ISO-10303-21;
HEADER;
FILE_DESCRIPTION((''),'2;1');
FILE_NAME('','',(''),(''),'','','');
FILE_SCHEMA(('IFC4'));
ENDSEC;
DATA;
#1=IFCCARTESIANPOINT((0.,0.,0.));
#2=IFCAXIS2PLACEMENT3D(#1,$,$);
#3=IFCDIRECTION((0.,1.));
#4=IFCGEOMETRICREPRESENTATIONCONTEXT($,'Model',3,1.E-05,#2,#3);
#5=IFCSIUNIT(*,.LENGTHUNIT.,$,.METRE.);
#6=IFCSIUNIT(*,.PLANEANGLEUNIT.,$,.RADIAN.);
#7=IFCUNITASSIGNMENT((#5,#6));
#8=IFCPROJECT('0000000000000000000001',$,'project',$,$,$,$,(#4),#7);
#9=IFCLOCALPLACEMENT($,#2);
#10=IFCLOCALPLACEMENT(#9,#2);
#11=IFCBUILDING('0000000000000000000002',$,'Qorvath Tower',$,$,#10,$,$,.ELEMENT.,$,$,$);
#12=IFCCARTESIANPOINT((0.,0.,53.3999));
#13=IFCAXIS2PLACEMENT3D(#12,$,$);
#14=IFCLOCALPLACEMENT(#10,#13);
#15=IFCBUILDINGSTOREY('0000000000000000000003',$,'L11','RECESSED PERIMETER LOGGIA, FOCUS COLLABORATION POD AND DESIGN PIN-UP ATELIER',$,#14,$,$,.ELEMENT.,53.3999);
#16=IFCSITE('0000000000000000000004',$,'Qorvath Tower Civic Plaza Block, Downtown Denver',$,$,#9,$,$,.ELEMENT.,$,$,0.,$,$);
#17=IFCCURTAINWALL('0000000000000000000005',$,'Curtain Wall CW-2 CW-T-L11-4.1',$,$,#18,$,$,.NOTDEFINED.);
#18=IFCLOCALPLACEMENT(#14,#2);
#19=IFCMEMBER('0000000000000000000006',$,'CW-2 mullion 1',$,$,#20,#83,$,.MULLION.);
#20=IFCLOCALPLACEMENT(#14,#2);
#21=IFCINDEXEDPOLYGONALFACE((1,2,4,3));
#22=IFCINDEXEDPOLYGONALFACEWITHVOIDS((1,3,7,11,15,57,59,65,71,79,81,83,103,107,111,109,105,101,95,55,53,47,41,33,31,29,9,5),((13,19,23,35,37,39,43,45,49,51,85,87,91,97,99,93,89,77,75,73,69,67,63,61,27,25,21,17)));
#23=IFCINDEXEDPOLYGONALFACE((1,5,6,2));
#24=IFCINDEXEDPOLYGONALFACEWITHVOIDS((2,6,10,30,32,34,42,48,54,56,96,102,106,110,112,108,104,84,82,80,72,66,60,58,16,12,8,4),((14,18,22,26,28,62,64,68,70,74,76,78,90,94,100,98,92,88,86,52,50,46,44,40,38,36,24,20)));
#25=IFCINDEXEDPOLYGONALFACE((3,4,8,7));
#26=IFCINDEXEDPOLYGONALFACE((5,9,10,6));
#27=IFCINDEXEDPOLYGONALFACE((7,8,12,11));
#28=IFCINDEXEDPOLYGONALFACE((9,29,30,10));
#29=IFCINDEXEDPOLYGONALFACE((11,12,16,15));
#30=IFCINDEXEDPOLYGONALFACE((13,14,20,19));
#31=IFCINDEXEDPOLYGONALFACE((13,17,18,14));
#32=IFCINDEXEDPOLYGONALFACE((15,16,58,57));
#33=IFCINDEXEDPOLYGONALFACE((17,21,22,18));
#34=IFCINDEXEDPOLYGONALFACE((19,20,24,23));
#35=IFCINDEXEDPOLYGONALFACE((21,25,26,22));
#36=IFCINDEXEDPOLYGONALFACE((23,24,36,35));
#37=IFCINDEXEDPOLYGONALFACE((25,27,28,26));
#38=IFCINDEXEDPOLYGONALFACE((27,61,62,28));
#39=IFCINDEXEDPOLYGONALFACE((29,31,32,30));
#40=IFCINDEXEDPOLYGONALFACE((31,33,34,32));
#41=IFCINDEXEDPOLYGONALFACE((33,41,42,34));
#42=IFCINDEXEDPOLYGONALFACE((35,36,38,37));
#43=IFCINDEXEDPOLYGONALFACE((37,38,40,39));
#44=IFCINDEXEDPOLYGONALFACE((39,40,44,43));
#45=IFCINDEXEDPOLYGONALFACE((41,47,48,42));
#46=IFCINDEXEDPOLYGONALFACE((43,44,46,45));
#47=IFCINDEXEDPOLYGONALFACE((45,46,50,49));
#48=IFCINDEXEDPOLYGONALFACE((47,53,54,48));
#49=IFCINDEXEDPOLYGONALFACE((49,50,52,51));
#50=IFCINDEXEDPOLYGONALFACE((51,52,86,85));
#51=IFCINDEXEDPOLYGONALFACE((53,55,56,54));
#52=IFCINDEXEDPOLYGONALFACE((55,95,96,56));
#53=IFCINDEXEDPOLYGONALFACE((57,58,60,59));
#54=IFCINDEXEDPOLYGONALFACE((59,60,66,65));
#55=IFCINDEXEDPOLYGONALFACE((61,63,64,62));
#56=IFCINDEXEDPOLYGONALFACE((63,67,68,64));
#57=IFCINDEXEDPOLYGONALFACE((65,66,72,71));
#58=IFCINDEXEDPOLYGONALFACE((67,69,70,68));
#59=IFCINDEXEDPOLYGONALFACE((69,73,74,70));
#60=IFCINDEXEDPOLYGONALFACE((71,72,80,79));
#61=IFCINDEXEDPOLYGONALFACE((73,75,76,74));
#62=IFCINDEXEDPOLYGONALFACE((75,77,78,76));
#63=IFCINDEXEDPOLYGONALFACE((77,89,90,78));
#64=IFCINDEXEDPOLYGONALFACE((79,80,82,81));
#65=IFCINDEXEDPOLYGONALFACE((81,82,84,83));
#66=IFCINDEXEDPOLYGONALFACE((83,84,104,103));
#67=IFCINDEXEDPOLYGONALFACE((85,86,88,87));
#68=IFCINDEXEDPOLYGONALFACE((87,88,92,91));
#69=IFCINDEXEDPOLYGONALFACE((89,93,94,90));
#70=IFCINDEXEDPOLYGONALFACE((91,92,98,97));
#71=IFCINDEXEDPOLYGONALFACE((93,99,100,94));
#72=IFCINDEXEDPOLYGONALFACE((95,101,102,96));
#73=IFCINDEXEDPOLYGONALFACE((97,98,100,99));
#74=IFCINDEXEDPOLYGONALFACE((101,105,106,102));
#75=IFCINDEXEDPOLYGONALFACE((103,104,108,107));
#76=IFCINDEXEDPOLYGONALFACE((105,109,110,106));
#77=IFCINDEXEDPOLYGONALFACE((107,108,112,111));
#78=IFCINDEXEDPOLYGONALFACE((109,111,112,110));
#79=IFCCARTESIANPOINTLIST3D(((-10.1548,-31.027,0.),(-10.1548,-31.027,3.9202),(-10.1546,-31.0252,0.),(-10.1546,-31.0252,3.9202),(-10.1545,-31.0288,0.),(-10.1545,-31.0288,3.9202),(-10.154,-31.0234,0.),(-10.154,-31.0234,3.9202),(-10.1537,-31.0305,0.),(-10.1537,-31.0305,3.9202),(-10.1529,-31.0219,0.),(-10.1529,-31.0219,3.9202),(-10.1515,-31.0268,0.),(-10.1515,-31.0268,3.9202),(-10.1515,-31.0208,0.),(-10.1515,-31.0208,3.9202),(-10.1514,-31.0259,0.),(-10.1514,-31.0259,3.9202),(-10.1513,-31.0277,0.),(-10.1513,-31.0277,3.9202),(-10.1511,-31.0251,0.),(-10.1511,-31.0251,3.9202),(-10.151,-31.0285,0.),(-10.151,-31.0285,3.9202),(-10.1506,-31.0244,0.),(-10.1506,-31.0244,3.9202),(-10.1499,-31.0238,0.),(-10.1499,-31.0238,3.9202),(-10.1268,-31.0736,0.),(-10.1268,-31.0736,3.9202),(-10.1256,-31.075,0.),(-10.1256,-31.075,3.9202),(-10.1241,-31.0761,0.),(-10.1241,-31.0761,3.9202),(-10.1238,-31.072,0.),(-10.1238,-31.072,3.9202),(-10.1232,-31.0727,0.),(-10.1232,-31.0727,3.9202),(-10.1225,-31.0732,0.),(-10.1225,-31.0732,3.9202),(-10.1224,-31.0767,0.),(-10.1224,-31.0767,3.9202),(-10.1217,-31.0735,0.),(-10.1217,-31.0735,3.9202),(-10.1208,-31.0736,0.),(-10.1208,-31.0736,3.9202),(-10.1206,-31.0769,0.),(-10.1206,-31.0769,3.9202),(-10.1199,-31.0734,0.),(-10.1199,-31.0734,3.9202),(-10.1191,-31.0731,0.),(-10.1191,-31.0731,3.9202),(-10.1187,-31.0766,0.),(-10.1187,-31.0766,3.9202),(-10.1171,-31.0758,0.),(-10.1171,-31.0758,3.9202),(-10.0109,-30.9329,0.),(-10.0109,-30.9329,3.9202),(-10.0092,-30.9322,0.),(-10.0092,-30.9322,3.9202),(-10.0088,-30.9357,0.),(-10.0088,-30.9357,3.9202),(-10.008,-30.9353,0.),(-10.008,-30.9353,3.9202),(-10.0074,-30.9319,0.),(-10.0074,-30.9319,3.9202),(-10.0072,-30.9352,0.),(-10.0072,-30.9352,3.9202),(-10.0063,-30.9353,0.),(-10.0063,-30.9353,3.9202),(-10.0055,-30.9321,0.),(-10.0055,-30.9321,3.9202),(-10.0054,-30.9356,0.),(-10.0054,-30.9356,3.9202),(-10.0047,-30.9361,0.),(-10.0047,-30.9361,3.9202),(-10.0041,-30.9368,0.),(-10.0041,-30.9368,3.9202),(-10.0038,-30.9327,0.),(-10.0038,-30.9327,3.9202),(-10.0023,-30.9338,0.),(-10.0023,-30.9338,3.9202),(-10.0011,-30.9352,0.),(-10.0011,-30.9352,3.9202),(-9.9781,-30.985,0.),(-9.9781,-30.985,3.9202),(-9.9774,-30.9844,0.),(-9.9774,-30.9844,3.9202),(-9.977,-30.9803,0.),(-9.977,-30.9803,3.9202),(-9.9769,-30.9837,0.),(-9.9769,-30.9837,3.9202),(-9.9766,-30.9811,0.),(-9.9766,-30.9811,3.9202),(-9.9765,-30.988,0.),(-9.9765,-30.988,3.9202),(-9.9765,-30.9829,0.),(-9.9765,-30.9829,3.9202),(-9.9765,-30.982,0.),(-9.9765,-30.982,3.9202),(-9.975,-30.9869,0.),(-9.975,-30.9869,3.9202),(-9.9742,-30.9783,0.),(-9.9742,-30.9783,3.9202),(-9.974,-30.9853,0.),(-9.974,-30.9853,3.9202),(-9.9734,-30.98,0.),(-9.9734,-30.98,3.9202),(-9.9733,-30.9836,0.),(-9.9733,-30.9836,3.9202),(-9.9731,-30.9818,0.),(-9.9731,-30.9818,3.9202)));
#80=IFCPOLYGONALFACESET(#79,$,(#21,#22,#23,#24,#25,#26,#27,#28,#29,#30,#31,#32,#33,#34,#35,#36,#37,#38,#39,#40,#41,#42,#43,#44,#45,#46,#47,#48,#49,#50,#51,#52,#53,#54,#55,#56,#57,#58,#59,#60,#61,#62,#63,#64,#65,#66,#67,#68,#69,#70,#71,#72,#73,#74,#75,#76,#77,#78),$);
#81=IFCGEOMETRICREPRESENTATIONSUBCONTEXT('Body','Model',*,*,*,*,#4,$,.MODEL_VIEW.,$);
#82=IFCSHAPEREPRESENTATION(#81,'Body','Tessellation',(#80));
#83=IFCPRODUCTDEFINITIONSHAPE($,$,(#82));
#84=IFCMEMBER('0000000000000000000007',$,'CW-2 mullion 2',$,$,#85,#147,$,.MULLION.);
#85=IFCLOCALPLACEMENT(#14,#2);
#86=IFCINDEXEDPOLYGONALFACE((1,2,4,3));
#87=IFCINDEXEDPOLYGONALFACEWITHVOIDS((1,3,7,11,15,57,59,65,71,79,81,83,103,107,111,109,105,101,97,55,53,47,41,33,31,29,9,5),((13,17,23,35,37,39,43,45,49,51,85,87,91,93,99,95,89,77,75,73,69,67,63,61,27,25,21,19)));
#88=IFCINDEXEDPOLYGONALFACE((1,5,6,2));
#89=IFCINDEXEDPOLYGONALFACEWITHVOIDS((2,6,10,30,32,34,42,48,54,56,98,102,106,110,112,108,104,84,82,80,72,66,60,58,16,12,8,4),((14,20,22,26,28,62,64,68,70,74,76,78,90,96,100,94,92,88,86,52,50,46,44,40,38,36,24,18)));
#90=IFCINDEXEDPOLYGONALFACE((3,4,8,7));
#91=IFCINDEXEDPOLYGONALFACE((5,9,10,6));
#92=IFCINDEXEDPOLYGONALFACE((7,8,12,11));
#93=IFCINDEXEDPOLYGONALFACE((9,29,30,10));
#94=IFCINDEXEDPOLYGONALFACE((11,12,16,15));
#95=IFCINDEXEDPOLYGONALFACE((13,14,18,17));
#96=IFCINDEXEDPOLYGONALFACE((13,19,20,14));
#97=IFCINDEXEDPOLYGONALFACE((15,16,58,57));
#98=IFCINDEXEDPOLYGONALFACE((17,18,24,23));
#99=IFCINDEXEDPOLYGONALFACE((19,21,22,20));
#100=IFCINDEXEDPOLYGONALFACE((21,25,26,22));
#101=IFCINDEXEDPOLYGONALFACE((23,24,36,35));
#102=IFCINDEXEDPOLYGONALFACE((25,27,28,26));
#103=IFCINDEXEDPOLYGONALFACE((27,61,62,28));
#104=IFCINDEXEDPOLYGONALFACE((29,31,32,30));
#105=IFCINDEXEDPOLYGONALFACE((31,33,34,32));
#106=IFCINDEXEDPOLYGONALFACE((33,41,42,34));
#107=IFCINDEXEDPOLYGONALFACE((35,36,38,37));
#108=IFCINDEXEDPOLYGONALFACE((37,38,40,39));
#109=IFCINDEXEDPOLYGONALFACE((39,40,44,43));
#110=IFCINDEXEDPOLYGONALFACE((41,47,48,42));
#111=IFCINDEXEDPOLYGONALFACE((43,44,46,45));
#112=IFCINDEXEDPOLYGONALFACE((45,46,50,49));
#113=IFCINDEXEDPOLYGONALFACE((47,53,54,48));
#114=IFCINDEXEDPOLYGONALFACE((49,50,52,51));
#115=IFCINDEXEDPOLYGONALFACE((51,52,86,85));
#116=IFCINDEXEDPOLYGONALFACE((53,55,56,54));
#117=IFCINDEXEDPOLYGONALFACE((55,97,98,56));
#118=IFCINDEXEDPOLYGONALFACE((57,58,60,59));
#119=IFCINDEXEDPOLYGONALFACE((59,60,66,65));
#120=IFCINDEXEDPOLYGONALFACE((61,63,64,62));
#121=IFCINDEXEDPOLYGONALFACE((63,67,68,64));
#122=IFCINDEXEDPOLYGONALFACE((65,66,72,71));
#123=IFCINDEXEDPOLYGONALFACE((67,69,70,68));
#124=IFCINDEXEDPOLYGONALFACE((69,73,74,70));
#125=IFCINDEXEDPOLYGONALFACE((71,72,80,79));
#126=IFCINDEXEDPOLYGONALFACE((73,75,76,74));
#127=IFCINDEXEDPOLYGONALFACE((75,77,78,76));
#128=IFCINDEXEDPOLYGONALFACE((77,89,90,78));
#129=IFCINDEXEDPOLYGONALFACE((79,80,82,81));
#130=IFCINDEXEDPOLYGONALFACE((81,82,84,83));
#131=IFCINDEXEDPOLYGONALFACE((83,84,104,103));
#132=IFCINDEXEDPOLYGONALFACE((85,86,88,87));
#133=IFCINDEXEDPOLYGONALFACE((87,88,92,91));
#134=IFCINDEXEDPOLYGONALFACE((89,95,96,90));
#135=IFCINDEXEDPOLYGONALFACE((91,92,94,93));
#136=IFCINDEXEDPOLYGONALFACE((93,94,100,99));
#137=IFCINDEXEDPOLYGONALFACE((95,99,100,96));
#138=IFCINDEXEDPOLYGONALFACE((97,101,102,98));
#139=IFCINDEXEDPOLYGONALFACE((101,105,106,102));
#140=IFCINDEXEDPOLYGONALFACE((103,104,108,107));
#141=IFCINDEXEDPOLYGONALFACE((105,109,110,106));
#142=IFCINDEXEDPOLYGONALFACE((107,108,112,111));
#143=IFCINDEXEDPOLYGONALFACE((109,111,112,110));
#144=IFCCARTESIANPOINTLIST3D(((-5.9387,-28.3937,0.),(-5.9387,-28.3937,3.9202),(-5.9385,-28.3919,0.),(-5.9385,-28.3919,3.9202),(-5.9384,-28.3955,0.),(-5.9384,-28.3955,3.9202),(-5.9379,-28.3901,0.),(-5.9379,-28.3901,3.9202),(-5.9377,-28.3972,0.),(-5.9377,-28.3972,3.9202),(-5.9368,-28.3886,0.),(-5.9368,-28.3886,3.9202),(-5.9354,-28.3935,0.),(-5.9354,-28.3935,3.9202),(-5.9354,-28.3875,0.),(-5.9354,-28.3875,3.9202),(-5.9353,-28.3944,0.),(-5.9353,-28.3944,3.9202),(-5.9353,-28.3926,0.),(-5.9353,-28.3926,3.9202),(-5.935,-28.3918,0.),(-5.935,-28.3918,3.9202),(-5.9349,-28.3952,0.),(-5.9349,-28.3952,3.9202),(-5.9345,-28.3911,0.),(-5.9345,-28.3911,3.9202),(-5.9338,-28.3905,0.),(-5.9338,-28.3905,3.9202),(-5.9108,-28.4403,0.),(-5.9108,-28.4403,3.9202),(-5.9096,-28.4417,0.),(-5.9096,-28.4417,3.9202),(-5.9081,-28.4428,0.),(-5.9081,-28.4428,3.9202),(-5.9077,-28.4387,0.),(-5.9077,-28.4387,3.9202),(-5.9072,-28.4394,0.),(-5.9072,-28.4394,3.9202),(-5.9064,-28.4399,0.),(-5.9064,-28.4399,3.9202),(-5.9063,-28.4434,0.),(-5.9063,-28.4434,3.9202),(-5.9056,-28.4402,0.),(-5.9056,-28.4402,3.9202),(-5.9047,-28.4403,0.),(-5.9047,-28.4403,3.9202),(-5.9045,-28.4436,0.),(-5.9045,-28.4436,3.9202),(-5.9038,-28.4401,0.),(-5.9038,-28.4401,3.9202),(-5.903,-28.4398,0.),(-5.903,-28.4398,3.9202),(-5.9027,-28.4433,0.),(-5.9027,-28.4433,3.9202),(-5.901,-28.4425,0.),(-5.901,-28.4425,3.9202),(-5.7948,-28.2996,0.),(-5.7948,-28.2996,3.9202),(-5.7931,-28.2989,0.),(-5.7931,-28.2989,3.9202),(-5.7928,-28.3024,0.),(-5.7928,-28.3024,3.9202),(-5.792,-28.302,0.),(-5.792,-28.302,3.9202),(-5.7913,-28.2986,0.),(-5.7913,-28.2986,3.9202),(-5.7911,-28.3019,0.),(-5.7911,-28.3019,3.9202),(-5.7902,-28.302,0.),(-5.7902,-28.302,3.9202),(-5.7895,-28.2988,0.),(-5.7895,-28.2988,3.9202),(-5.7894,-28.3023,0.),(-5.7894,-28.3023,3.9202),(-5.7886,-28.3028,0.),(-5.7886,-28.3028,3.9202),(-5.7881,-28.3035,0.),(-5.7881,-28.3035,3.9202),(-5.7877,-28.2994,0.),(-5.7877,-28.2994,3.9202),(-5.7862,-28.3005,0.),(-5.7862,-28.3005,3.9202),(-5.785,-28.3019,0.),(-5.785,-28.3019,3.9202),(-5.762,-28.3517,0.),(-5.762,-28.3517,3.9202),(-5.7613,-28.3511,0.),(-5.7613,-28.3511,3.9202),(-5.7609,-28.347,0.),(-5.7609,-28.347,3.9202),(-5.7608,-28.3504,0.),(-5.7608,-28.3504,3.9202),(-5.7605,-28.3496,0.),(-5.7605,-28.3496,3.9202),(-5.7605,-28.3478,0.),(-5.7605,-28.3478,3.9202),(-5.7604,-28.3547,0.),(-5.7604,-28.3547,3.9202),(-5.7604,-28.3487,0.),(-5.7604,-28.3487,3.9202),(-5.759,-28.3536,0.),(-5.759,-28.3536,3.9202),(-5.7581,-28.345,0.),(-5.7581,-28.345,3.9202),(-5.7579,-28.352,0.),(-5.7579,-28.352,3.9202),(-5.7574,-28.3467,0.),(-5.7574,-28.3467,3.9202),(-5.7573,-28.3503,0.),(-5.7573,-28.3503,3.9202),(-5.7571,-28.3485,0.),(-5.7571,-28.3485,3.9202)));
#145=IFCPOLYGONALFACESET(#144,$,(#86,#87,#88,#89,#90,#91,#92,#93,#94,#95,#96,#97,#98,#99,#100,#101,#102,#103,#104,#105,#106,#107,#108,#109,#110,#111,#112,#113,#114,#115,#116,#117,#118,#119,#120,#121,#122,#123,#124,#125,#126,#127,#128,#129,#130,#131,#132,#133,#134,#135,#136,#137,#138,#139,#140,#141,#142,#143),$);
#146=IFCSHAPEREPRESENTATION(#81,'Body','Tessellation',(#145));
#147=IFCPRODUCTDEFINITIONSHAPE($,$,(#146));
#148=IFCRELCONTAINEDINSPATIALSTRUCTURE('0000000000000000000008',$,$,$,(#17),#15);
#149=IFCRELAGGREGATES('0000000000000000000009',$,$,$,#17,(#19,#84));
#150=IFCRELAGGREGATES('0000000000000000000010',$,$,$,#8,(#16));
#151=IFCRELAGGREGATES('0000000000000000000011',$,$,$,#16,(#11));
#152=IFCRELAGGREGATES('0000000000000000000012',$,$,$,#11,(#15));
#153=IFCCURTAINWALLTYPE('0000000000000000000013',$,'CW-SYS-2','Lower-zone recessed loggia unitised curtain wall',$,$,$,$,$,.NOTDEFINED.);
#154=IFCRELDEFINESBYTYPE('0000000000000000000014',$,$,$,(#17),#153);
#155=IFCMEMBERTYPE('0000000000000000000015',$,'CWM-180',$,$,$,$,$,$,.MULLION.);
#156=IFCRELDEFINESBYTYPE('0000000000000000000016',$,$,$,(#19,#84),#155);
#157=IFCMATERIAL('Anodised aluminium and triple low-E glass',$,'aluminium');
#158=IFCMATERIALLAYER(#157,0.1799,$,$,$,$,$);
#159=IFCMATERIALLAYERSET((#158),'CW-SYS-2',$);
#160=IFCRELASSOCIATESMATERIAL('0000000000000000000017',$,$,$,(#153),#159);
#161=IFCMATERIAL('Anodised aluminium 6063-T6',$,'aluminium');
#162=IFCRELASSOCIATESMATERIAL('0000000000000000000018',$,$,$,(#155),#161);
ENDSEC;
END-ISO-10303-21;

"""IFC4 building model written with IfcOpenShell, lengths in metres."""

from ifc_helpers import new_model, si_unit, direction, frame, origin, origin_2d, place, context, subcontext, project, spatial, hollow_rectangle, extrude, material, layer, layer_set, material_profile, profile_set, type_object, element, aggregate, save


model = new_model("IFC4")

# Units and contexts
model_context = context("Model", 3, precision=1e-05, world=origin(), true_north=direction((0.0, 1.0)))
body_context = subcontext(model_context, "Body", "Model", "MODEL_VIEW")
ifc_project = project(units=[si_unit("LENGTHUNIT", "METRE"), si_unit("PLANEANGLEUNIT", "RADIAN")], contexts=[model_context])

# Site, building, storey
site_placement = place(None, origin())
site = spatial("IfcSite", under=ifc_project, at=site_placement, Name="Qorvath Tower Civic Plaza Block, Downtown Denver", CompositionType="ELEMENT", RefElevation=0.0)
building_placement = place(site_placement, origin())
building = spatial("IfcBuilding", under=site, at=building_placement, Name="Qorvath Tower", CompositionType="ELEMENT")
storey_placement = place(building_placement, frame((0.0, 0.0, 53.3999)))
storey = spatial("IfcBuildingStorey", under=building, at=storey_placement, Name="L11", Description="RECESSED PERIMETER LOGGIA, FOCUS COLLABORATION POD AND DESIGN PIN-UP ATELIER", CompositionType="ELEMENT", Elevation=53.3999)

# Curtain wall, members
ifc_material_1 = material(Name="Anodised aluminium and triple low-E glass", Category="aluminium")
ifc_layer_1 = layer(ifc_material_1, 0.1799)
ifc_layer_set_1 = layer_set([ifc_layer_1], Name="CW-SYS-2")
curtain_wall_type = type_object("IfcCurtainWallType", Name="CW-SYS-2", Description="Lower-zone recessed loggia unitised curtain wall", PredefinedType="NOTDEFINED", material=ifc_layer_set_1)
ifc_material_2 = material(Name="Anodised aluminium 6063-T6", Category="aluminium")
ifc_material_profile_1 = material_profile(ifc_material_2, hollow_rectangle(XDim=0.0649, YDim=0.1799, WallThickness=0.0034, InnerFilletRadius=0.0034, OuterFilletRadius=0.0071, at=origin_2d()), Name="CWM 180x65")
ifc_profile_set_1 = profile_set([ifc_material_profile_1], Name="Anodised aluminium 6063-T6")
member_type_1 = type_object("IfcMemberType", Name="CWM-180", PredefinedType="MULLION", material=ifc_profile_set_1)
curtain_wall_1_placement = place(storey_placement, origin())
curtain_wall_1 = element("IfcCurtainWall", 1, at=curtain_wall_1_placement, inside=storey, type_object=curtain_wall_type, Name="Curtain Wall CW-2 CW-T-L11-4.1", PredefinedType="NOTDEFINED")
member_1_placement = place(storey_placement, frame((-10.064, -31.0044, 0.0), z_axis=(0.0, 0.0, 1.0), x_axis=(-0.529724, 0.84817, 0.0)))
member_1 = element("IfcMember", 2, at=member_1_placement, type_object=member_type_1, Name="CW-2 mullion 1", PredefinedType="MULLION", context=body_context, shape_type="SweptSolid", body=[
    extrude(hollow_rectangle(XDim=0.0649, YDim=0.1799, WallThickness=0.0034, InnerFilletRadius=0.0034, OuterFilletRadius=0.0071, at=origin_2d()), origin(), (0.0, 0.0, 1.0), 3.9202),
])
member_2_placement = place(storey_placement, frame((-5.8479, -28.3711, 0.0), z_axis=(0.0, 0.0, 1.0), x_axis=(-0.529724, 0.84817, 0.0)))
member_2 = element("IfcMember", 3, at=member_2_placement, type_object=member_type_1, Name="CW-2 mullion 2", PredefinedType="MULLION", context=body_context, shape_type="SweptSolid", body=[
    extrude(hollow_rectangle(XDim=0.0649, YDim=0.1799, WallThickness=0.0034, InnerFilletRadius=0.0034, OuterFilletRadius=0.0071, at=origin_2d()), origin(), (0.0, 0.0, 1.0), 3.9202),
])

aggregate(curtain_wall_1, [member_1, member_2])

save(model, "model.ifc")
